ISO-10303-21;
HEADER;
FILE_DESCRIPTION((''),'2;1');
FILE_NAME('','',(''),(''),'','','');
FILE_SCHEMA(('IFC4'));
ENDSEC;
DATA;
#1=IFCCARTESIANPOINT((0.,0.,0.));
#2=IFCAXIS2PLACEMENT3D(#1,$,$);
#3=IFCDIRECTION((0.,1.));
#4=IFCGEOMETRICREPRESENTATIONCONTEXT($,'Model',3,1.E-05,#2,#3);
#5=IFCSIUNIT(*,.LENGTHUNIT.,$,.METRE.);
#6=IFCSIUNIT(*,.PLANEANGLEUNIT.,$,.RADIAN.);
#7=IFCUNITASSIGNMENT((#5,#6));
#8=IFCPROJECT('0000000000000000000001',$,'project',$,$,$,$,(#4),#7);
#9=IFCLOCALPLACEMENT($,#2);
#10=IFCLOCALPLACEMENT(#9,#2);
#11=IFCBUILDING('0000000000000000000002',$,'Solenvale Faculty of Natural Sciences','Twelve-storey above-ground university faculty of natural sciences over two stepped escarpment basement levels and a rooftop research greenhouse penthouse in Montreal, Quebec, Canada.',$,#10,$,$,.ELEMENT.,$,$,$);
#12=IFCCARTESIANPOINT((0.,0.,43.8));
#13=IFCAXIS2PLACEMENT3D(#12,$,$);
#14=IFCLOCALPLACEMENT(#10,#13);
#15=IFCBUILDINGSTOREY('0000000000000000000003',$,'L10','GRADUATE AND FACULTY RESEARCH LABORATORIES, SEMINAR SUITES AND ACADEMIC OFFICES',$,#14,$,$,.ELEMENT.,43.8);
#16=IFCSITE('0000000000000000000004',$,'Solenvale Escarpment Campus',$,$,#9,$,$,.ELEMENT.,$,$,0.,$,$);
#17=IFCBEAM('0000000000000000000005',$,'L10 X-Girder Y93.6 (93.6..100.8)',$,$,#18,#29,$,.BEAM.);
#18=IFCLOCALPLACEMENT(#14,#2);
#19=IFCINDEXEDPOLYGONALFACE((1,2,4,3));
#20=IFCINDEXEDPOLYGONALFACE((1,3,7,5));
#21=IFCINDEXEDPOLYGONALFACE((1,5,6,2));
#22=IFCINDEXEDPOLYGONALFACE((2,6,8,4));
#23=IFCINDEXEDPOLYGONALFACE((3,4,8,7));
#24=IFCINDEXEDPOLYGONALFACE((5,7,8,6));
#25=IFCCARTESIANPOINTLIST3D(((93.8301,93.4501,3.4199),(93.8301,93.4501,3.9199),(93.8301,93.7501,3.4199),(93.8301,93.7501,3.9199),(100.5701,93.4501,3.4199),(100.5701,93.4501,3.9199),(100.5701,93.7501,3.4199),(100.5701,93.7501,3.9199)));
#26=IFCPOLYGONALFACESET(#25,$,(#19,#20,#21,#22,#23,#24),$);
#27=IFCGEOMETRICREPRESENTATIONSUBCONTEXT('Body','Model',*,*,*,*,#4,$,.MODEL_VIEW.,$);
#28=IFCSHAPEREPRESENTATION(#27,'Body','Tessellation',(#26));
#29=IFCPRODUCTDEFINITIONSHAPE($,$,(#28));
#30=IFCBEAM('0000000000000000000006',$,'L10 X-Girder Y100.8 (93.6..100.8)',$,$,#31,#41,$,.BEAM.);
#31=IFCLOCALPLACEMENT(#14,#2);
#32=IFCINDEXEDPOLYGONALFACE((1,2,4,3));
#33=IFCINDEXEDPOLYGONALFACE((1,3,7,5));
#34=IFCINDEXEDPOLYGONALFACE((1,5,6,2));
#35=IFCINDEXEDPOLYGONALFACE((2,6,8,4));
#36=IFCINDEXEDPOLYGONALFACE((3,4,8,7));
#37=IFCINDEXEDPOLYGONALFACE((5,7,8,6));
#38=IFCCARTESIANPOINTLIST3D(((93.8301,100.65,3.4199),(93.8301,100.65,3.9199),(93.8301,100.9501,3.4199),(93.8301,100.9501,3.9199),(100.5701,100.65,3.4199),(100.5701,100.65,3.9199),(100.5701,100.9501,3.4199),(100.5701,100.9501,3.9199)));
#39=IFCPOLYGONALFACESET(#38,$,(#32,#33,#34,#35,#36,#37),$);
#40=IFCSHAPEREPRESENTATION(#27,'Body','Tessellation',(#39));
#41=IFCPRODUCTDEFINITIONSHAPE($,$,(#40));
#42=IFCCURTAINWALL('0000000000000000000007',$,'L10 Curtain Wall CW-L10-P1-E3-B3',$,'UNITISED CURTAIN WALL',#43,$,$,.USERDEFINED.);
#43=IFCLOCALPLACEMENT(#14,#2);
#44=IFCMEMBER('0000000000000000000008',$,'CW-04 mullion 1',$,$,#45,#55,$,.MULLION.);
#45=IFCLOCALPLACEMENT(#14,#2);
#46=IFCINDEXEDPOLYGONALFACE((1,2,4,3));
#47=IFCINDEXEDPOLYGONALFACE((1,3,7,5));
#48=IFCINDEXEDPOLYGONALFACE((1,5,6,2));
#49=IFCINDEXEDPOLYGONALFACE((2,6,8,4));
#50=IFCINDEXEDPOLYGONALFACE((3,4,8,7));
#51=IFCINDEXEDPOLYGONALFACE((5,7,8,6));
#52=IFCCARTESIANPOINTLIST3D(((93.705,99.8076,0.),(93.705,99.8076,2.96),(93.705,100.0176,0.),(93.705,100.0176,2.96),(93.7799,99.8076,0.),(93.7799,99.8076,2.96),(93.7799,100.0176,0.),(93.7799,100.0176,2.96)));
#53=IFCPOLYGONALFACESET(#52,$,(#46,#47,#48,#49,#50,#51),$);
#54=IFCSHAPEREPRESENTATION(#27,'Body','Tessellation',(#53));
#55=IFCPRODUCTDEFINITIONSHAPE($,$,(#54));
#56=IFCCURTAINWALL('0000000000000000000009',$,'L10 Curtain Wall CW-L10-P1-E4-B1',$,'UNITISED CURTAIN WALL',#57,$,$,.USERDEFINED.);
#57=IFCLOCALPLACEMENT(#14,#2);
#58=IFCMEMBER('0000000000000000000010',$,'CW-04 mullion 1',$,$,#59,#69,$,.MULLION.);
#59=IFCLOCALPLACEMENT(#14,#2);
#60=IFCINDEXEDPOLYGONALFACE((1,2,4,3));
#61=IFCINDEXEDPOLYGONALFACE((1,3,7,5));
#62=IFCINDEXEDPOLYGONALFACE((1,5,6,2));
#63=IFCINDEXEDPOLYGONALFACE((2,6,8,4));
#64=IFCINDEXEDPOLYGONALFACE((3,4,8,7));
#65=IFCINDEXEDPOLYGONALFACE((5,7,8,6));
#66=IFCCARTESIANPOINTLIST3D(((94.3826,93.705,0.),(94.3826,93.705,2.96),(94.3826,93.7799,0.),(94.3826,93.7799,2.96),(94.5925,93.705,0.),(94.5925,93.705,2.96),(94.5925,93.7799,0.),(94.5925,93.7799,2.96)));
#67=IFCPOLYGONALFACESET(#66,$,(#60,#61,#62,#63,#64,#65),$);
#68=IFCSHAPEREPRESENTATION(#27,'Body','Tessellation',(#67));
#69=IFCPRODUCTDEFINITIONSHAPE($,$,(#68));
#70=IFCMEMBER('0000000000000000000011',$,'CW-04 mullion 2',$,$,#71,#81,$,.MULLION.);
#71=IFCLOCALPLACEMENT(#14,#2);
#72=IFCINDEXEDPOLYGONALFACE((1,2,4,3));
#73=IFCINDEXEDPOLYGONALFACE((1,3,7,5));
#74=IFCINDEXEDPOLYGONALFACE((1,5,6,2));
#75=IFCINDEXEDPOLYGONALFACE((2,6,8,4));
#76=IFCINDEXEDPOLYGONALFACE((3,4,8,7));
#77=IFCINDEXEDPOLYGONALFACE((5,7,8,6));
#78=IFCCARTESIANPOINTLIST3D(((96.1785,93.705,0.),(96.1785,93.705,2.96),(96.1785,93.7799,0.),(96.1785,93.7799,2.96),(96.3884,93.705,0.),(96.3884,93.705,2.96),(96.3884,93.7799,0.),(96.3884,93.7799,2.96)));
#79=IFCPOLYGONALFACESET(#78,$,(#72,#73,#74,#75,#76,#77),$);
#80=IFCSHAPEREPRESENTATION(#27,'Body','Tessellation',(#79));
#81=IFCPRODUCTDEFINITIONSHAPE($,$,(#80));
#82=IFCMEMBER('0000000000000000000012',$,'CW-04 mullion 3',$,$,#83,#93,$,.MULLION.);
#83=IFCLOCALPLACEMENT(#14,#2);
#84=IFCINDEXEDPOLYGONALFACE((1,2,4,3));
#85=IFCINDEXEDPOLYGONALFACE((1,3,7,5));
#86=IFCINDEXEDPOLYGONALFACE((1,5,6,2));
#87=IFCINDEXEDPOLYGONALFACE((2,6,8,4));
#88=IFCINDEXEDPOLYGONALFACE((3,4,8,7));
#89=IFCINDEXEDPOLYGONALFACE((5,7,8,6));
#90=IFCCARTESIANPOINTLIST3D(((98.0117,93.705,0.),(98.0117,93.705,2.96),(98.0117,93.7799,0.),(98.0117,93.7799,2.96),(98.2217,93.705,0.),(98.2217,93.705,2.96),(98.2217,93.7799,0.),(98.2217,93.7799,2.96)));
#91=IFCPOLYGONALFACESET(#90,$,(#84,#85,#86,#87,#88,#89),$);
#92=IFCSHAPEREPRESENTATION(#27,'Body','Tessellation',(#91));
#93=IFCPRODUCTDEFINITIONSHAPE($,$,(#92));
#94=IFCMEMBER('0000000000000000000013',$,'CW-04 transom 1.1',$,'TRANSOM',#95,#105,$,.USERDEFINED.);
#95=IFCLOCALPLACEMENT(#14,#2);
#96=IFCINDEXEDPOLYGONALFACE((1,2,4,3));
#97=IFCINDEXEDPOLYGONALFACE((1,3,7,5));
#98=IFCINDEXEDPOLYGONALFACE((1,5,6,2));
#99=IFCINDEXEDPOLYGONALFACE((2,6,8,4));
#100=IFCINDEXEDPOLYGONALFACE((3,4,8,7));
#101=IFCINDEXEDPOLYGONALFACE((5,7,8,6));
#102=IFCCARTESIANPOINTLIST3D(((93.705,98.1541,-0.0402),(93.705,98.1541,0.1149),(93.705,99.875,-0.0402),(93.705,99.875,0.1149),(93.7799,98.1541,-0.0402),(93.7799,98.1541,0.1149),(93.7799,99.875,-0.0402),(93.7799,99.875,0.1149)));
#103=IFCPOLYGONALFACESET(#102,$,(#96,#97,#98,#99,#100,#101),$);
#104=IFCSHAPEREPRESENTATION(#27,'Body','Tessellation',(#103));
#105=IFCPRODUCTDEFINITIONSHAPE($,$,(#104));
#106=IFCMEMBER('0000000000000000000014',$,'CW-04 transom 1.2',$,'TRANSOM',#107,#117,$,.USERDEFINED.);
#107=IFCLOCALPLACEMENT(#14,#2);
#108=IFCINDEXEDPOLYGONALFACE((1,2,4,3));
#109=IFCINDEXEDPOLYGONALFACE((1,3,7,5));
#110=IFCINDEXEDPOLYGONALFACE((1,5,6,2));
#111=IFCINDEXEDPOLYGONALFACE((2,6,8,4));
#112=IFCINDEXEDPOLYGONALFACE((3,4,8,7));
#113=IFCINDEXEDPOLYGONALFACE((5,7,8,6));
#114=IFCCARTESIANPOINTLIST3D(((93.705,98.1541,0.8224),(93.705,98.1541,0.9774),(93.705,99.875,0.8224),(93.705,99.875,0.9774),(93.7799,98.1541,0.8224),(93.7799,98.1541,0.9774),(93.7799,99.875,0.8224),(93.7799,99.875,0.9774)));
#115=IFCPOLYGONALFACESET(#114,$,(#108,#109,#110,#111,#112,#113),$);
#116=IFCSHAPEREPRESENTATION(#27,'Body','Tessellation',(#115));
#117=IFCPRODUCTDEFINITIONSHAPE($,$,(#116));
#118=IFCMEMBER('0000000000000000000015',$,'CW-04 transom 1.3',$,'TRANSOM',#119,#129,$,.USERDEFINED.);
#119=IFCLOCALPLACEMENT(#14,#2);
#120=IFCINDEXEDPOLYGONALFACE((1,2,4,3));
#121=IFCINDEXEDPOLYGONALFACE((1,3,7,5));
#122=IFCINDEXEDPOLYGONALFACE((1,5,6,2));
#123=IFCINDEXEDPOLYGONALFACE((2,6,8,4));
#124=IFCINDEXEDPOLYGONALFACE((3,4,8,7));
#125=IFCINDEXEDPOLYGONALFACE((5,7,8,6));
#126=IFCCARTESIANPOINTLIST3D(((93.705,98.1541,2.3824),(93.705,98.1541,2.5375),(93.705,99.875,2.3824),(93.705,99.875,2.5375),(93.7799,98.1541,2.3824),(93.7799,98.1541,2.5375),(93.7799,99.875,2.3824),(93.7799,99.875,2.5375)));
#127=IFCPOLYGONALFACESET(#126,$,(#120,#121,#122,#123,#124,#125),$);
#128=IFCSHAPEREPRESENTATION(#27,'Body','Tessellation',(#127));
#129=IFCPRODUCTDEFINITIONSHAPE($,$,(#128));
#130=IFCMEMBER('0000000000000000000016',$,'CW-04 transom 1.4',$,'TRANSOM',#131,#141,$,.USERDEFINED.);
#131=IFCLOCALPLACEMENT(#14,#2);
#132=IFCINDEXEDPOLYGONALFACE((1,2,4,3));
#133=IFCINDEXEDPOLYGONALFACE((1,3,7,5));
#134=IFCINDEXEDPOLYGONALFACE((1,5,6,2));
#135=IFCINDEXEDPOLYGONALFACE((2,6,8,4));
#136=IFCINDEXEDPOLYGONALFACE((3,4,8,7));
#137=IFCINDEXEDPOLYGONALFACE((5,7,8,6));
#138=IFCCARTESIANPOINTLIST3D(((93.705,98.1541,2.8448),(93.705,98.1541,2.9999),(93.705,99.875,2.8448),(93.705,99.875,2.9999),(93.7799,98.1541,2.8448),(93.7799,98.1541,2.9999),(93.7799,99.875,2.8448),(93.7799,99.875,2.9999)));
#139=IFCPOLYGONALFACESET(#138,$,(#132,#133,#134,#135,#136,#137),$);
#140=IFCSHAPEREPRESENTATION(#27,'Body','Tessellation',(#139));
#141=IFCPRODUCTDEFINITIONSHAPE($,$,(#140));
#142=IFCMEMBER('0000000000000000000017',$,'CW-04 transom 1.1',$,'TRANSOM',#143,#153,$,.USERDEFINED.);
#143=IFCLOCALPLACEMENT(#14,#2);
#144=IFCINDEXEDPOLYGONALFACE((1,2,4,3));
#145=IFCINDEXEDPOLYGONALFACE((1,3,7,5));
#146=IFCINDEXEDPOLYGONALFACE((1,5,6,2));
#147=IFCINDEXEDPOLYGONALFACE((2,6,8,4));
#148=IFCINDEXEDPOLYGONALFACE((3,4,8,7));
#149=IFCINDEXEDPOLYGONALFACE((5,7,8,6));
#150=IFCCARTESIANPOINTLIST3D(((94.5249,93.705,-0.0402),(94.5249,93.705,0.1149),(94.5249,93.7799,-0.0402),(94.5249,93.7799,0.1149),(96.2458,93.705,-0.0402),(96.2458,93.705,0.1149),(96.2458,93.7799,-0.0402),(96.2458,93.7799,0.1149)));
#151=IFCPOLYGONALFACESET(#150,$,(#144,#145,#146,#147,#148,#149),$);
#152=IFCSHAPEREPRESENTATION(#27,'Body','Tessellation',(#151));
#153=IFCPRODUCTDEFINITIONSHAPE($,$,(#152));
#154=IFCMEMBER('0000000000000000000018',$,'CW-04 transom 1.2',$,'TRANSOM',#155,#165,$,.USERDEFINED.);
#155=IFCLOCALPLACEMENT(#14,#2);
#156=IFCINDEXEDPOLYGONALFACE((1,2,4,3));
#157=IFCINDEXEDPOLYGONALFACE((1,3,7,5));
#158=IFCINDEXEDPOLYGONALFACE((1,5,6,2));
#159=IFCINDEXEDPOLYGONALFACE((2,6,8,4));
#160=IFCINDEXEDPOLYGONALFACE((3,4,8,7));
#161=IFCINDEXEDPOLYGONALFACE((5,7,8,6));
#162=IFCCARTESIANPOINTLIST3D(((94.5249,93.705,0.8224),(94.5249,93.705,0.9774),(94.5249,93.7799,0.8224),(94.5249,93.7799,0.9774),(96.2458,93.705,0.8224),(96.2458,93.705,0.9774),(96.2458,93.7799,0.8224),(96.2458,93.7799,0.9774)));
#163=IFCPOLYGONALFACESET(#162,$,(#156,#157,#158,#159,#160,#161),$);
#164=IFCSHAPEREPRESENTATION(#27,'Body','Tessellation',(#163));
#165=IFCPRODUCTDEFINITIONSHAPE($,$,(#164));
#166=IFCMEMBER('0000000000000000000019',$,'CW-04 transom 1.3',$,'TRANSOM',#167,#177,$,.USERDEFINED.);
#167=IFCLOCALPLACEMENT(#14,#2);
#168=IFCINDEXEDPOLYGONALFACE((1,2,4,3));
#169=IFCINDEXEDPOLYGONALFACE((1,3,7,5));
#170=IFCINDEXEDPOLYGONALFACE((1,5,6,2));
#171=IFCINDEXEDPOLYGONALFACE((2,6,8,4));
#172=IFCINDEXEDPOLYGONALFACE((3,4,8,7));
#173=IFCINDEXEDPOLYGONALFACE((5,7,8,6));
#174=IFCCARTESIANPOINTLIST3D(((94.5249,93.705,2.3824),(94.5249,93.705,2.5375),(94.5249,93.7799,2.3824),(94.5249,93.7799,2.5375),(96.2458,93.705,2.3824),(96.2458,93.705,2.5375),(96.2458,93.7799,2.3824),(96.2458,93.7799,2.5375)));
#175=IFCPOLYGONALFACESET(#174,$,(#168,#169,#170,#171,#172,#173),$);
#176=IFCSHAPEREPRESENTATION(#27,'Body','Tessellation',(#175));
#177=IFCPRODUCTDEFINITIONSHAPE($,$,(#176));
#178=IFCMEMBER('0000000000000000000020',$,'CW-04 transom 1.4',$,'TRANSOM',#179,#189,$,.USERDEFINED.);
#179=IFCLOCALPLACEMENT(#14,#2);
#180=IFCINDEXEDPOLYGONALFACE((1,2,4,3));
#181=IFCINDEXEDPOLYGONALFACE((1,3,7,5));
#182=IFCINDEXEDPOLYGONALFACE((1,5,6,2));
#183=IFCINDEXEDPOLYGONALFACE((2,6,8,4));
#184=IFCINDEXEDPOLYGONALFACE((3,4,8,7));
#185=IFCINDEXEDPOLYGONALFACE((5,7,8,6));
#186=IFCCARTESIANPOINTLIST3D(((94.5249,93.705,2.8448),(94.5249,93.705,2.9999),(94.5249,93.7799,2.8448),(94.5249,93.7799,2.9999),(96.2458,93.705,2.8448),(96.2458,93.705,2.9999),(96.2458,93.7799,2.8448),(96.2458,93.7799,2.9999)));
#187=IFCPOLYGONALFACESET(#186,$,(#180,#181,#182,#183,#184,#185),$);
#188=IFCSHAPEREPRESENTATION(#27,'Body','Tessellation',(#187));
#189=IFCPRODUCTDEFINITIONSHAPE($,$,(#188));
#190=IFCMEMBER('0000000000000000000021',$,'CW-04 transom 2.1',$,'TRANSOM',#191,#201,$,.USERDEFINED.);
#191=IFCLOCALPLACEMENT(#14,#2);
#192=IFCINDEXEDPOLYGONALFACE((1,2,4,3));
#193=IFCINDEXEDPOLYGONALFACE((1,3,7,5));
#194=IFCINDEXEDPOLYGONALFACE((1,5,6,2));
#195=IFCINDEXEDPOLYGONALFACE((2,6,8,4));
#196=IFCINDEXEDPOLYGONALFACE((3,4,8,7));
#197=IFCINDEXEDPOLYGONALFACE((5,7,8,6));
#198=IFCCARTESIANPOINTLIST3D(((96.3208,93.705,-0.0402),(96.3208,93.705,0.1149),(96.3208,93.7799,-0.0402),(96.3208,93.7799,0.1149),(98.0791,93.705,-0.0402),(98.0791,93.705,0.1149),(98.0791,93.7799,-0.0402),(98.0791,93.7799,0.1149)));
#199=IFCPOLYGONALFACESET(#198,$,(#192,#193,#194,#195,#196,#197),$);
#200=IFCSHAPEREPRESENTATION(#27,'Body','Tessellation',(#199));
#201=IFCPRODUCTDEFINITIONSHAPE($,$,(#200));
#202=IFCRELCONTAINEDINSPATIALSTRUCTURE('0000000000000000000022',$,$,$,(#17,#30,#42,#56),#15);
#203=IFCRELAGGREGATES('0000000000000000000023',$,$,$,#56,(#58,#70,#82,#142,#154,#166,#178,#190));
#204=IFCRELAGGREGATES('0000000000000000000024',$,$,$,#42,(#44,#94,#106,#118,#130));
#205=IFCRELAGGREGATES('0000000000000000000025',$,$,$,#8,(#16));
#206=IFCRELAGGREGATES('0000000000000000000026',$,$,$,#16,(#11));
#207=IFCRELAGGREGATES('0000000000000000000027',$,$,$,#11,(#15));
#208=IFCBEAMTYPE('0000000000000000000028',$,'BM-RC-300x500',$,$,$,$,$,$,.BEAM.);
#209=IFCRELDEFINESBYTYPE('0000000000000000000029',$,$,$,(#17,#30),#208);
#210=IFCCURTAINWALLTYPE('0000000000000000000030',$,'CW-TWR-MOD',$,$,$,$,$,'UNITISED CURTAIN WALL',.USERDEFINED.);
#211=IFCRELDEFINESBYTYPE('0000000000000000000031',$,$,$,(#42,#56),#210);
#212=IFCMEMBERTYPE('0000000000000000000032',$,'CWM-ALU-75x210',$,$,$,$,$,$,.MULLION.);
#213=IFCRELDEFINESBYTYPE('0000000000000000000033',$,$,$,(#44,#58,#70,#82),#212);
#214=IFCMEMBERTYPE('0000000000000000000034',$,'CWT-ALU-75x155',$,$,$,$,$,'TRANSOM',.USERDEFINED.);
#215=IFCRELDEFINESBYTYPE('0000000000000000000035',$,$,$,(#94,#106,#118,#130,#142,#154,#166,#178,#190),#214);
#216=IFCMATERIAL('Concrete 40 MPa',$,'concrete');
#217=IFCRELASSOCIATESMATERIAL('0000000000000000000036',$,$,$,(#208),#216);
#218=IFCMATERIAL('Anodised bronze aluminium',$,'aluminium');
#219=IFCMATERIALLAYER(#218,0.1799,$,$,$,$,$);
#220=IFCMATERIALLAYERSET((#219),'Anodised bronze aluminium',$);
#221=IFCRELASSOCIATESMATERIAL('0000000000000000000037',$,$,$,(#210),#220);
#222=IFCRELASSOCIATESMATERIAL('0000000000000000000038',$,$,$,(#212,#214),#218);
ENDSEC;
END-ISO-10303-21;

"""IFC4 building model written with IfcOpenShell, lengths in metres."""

from ifc_helpers import new_model, si_unit, direction, frame, origin, origin_2d, place, context, subcontext, project, spatial, rectangle, extrude, material, layer, layer_set, material_profile, profile_set, type_object, element, aggregate, save


model = new_model("IFC4")

# Units and contexts
model_context = context("Model", 3, precision=1e-05, world=origin(), true_north=direction((0.0, 1.0)))
body_context = subcontext(model_context, "Body", "Model", "MODEL_VIEW")
ifc_project = project(units=[si_unit("LENGTHUNIT", "METRE"), si_unit("PLANEANGLEUNIT", "RADIAN")], contexts=[model_context])

# Site, building, storey
site_placement = place(None, origin())
site = spatial("IfcSite", under=ifc_project, at=site_placement, Name="Solenvale Escarpment Campus", CompositionType="ELEMENT", RefElevation=0.0)
building_placement = place(site_placement, origin())
building = spatial("IfcBuilding", under=site, at=building_placement, Name="Solenvale Faculty of Natural Sciences", Description="Twelve-storey above-ground university faculty of natural sciences over two stepped escarpment basement levels and a rooftop research greenhouse penthouse in Montreal, Quebec, Canada.", CompositionType="ELEMENT")
storey_placement = place(building_placement, frame((0.0, 0.0, 43.8)))
storey = spatial("IfcBuildingStorey", under=building, at=storey_placement, Name="L10", Description="GRADUATE AND FACULTY RESEARCH LABORATORIES, SEMINAR SUITES AND ACADEMIC OFFICES", CompositionType="ELEMENT", Elevation=43.8)

# Beams
ifc_material_1 = material(Name="Concrete 40 MPa", Category="concrete")
ifc_material_profile_1 = material_profile(ifc_material_1, rectangle(XDim=0.3, YDim=0.5, at=origin_2d()), Name="RC-BM-300x500")
ifc_profile_set_1 = profile_set([ifc_material_profile_1], Name="Concrete 40 MPa")
beam_type = type_object("IfcBeamType", Name="BM-RC-300x500", PredefinedType="BEAM", material=ifc_profile_set_1)
for number, where, z_axis, x_axis, name in (
    (1, (93.8301, 93.6001, 3.6699), (1.0, 0.0, 0.0), (0.0, 1.0, 0.0), "L10 X-Girder Y93.6 (93.6..100.8)"),
    (2, (93.8301, 100.8, 3.6699), (1.0, 0.0, 0.0), (0.0, 1.0, 0.0), "L10 X-Girder Y100.8 (93.6..100.8)"),
):
    element("IfcBeam", number, at=place(storey_placement, frame(where, z_axis=z_axis, x_axis=x_axis)), inside=storey, type_object=beam_type, Name=name, PredefinedType="BEAM", context=body_context, shape_type="SweptSolid", body=[
        extrude(rectangle(XDim=0.3, YDim=0.5, at=origin_2d()), origin(), (0.0, 0.0, 1.0), 6.74),
    ])

# Curtain wall, member
ifc_material_2 = material(Name="Anodised bronze aluminium", Category="aluminium")
ifc_layer_1 = layer(ifc_material_2, 0.1799)
ifc_layer_set_1 = layer_set([ifc_layer_1], Name="Anodised bronze aluminium")
curtain_wall_type = type_object("IfcCurtainWallType", Name="CW-TWR-MOD", ElementType="UNITISED CURTAIN WALL", PredefinedType="USERDEFINED", material=ifc_layer_set_1)
curtain_wall_1_placement = place(storey_placement, origin())
curtain_wall_1 = element("IfcCurtainWall", 3, at=curtain_wall_1_placement, inside=storey, type_object=curtain_wall_type, Name="L10 Curtain Wall CW-L10-P1-E3-B3", ObjectType="UNITISED CURTAIN WALL", PredefinedType="USERDEFINED")
ifc_material_profile_2 = material_profile(ifc_material_2, rectangle(XDim=0.075, YDim=0.21, at=origin_2d()), Name="ALU-MUL-75x210")
ifc_profile_set_2 = profile_set([ifc_material_profile_2], Name="Anodised bronze aluminium")
member_type_1 = type_object("IfcMemberType", Name="CWM-ALU-75x210", PredefinedType="MULLION", material=ifc_profile_set_2)
member_1_placement = place(storey_placement, frame((93.7424, 99.9126, 0.0), z_axis=(0.0, 0.0, 1.0), x_axis=(1.0, 0.0, 0.0)))
member_1 = element("IfcMember", 4, at=member_1_placement, type_object=member_type_1, Name="CW-04 mullion 1", PredefinedType="MULLION", context=body_context, shape_type="SweptSolid", body=[
    extrude(rectangle(XDim=0.075, YDim=0.21, at=origin_2d()), origin(), (0.0, 0.0, 1.0), 2.96),
])

# Curtain wall, members
curtain_wall_2_placement = place(storey_placement, origin())
curtain_wall_2 = element("IfcCurtainWall", 5, at=curtain_wall_2_placement, inside=storey, type_object=curtain_wall_type, Name="L10 Curtain Wall CW-L10-P1-E4-B1", ObjectType="UNITISED CURTAIN WALL", PredefinedType="USERDEFINED")
member_2_placement = place(storey_placement, frame((94.4875, 93.7424, 0.0), z_axis=(0.0, 0.0, 1.0), x_axis=(0.0, 1.0, 0.0)))
member_2 = element("IfcMember", 6, at=member_2_placement, type_object=member_type_1, Name="CW-04 mullion 1", PredefinedType="MULLION", context=body_context, shape_type="SweptSolid", body=[
    extrude(rectangle(XDim=0.075, YDim=0.21, at=origin_2d()), origin(), (0.0, 0.0, 1.0), 2.96),
])
member_3_placement = place(storey_placement, frame((96.2834, 93.7424, 0.0), z_axis=(0.0, 0.0, 1.0), x_axis=(0.0, 1.0, 0.0)))
member_3 = element("IfcMember", 7, at=member_3_placement, type_object=member_type_1, Name="CW-04 mullion 2", PredefinedType="MULLION", context=body_context, shape_type="SweptSolid", body=[
    extrude(rectangle(XDim=0.075, YDim=0.21, at=origin_2d()), origin(), (0.0, 0.0, 1.0), 2.96),
])
member_4_placement = place(storey_placement, frame((98.1167, 93.7424, 0.0), z_axis=(0.0, 0.0, 1.0), x_axis=(0.0, 1.0, 0.0)))
member_4 = element("IfcMember", 8, at=member_4_placement, type_object=member_type_1, Name="CW-04 mullion 3", PredefinedType="MULLION", context=body_context, shape_type="SweptSolid", body=[
    extrude(rectangle(XDim=0.075, YDim=0.21, at=origin_2d()), origin(), (0.0, 0.0, 1.0), 2.96),
])

# Members
ifc_material_profile_3 = material_profile(ifc_material_2, rectangle(XDim=0.075, YDim=0.155, at=origin_2d()), Name="ALU-TRN-75x155")
ifc_profile_set_3 = profile_set([ifc_material_profile_3], Name="Anodised bronze aluminium")
member_type_2 = type_object("IfcMemberType", Name="CWT-ALU-75x155", ElementType="TRANSOM", PredefinedType="USERDEFINED", material=ifc_profile_set_3)
member_5_placement = place(storey_placement, frame((93.7424, 99.875, 0.0374), z_axis=(0.0, -1.0, 0.0), x_axis=(1.0, 0.0, 0.0)))
member_5 = element("IfcMember", 9, at=member_5_placement, type_object=member_type_2, Name="CW-04 transom 1.1", ObjectType="TRANSOM", PredefinedType="USERDEFINED", context=body_context, shape_type="SweptSolid", body=[
    extrude(rectangle(XDim=0.075, YDim=0.155, at=origin_2d()), origin(), (0.0, 0.0, 1.0), 1.7209),
])
member_6_placement = place(storey_placement, frame((93.7424, 99.875, 0.8999), z_axis=(0.0, -1.0, 0.0), x_axis=(1.0, 0.0, 0.0)))
member_6 = element("IfcMember", 10, at=member_6_placement, type_object=member_type_2, Name="CW-04 transom 1.2", ObjectType="TRANSOM", PredefinedType="USERDEFINED", context=body_context, shape_type="SweptSolid", body=[
    extrude(rectangle(XDim=0.075, YDim=0.155, at=origin_2d()), origin(), (0.0, 0.0, 1.0), 1.7209),
])
member_7_placement = place(storey_placement, frame((93.7424, 99.875, 2.46), z_axis=(0.0, -1.0, 0.0), x_axis=(1.0, 0.0, 0.0)))
member_7 = element("IfcMember", 11, at=member_7_placement, type_object=member_type_2, Name="CW-04 transom 1.3", ObjectType="TRANSOM", PredefinedType="USERDEFINED", context=body_context, shape_type="SweptSolid", body=[
    extrude(rectangle(XDim=0.075, YDim=0.155, at=origin_2d()), origin(), (0.0, 0.0, 1.0), 1.7209),
])
member_8_placement = place(storey_placement, frame((93.7424, 99.875, 2.9224), z_axis=(0.0, -1.0, 0.0), x_axis=(1.0, 0.0, 0.0)))
member_8 = element("IfcMember", 12, at=member_8_placement, type_object=member_type_2, Name="CW-04 transom 1.4", ObjectType="TRANSOM", PredefinedType="USERDEFINED", context=body_context, shape_type="SweptSolid", body=[
    extrude(rectangle(XDim=0.075, YDim=0.155, at=origin_2d()), origin(), (0.0, 0.0, 1.0), 1.7209),
])
member_9_placement = place(storey_placement, frame((94.5249, 93.7424, 0.0374), z_axis=(1.0, 0.0, 0.0), x_axis=(0.0, 1.0, 0.0)))
member_9 = element("IfcMember", 13, at=member_9_placement, type_object=member_type_2, Name="CW-04 transom 1.1", ObjectType="TRANSOM", PredefinedType="USERDEFINED", context=body_context, shape_type="SweptSolid", body=[
    extrude(rectangle(XDim=0.075, YDim=0.155, at=origin_2d()), origin(), (0.0, 0.0, 1.0), 1.7209),
])
member_10_placement = place(storey_placement, frame((94.5249, 93.7424, 0.8999), z_axis=(1.0, 0.0, 0.0), x_axis=(0.0, 1.0, 0.0)))
member_10 = element("IfcMember", 14, at=member_10_placement, type_object=member_type_2, Name="CW-04 transom 1.2", ObjectType="TRANSOM", PredefinedType="USERDEFINED", context=body_context, shape_type="SweptSolid", body=[
    extrude(rectangle(XDim=0.075, YDim=0.155, at=origin_2d()), origin(), (0.0, 0.0, 1.0), 1.7209),
])
member_11_placement = place(storey_placement, frame((94.5249, 93.7424, 2.46), z_axis=(1.0, 0.0, 0.0), x_axis=(0.0, 1.0, 0.0)))
member_11 = element("IfcMember", 15, at=member_11_placement, type_object=member_type_2, Name="CW-04 transom 1.3", ObjectType="TRANSOM", PredefinedType="USERDEFINED", context=body_context, shape_type="SweptSolid", body=[
    extrude(rectangle(XDim=0.075, YDim=0.155, at=origin_2d()), origin(), (0.0, 0.0, 1.0), 1.7209),
])
member_12_placement = place(storey_placement, frame((94.5249, 93.7424, 2.9224), z_axis=(1.0, 0.0, 0.0), x_axis=(0.0, 1.0, 0.0)))
member_12 = element("IfcMember", 16, at=member_12_placement, type_object=member_type_2, Name="CW-04 transom 1.4", ObjectType="TRANSOM", PredefinedType="USERDEFINED", context=body_context, shape_type="SweptSolid", body=[
    extrude(rectangle(XDim=0.075, YDim=0.155, at=origin_2d()), origin(), (0.0, 0.0, 1.0), 1.7209),
])
member_13_placement = place(storey_placement, frame((96.3208, 93.7424, 0.0374), z_axis=(1.0, 0.0, 0.0), x_axis=(0.0, 1.0, 0.0)))
member_13 = element("IfcMember", 17, at=member_13_placement, type_object=member_type_2, Name="CW-04 transom 2.1", ObjectType="TRANSOM", PredefinedType="USERDEFINED", context=body_context, shape_type="SweptSolid", body=[
    extrude(rectangle(XDim=0.075, YDim=0.155, at=origin_2d()), origin(), (0.0, 0.0, 1.0), 1.7583),
])

aggregate(curtain_wall_2, [member_2, member_3, member_4, member_9, member_10, member_11, member_12, member_13])
aggregate(curtain_wall_1, [member_1, member_5, member_6, member_7, member_8])

save(model, "model.ifc")
